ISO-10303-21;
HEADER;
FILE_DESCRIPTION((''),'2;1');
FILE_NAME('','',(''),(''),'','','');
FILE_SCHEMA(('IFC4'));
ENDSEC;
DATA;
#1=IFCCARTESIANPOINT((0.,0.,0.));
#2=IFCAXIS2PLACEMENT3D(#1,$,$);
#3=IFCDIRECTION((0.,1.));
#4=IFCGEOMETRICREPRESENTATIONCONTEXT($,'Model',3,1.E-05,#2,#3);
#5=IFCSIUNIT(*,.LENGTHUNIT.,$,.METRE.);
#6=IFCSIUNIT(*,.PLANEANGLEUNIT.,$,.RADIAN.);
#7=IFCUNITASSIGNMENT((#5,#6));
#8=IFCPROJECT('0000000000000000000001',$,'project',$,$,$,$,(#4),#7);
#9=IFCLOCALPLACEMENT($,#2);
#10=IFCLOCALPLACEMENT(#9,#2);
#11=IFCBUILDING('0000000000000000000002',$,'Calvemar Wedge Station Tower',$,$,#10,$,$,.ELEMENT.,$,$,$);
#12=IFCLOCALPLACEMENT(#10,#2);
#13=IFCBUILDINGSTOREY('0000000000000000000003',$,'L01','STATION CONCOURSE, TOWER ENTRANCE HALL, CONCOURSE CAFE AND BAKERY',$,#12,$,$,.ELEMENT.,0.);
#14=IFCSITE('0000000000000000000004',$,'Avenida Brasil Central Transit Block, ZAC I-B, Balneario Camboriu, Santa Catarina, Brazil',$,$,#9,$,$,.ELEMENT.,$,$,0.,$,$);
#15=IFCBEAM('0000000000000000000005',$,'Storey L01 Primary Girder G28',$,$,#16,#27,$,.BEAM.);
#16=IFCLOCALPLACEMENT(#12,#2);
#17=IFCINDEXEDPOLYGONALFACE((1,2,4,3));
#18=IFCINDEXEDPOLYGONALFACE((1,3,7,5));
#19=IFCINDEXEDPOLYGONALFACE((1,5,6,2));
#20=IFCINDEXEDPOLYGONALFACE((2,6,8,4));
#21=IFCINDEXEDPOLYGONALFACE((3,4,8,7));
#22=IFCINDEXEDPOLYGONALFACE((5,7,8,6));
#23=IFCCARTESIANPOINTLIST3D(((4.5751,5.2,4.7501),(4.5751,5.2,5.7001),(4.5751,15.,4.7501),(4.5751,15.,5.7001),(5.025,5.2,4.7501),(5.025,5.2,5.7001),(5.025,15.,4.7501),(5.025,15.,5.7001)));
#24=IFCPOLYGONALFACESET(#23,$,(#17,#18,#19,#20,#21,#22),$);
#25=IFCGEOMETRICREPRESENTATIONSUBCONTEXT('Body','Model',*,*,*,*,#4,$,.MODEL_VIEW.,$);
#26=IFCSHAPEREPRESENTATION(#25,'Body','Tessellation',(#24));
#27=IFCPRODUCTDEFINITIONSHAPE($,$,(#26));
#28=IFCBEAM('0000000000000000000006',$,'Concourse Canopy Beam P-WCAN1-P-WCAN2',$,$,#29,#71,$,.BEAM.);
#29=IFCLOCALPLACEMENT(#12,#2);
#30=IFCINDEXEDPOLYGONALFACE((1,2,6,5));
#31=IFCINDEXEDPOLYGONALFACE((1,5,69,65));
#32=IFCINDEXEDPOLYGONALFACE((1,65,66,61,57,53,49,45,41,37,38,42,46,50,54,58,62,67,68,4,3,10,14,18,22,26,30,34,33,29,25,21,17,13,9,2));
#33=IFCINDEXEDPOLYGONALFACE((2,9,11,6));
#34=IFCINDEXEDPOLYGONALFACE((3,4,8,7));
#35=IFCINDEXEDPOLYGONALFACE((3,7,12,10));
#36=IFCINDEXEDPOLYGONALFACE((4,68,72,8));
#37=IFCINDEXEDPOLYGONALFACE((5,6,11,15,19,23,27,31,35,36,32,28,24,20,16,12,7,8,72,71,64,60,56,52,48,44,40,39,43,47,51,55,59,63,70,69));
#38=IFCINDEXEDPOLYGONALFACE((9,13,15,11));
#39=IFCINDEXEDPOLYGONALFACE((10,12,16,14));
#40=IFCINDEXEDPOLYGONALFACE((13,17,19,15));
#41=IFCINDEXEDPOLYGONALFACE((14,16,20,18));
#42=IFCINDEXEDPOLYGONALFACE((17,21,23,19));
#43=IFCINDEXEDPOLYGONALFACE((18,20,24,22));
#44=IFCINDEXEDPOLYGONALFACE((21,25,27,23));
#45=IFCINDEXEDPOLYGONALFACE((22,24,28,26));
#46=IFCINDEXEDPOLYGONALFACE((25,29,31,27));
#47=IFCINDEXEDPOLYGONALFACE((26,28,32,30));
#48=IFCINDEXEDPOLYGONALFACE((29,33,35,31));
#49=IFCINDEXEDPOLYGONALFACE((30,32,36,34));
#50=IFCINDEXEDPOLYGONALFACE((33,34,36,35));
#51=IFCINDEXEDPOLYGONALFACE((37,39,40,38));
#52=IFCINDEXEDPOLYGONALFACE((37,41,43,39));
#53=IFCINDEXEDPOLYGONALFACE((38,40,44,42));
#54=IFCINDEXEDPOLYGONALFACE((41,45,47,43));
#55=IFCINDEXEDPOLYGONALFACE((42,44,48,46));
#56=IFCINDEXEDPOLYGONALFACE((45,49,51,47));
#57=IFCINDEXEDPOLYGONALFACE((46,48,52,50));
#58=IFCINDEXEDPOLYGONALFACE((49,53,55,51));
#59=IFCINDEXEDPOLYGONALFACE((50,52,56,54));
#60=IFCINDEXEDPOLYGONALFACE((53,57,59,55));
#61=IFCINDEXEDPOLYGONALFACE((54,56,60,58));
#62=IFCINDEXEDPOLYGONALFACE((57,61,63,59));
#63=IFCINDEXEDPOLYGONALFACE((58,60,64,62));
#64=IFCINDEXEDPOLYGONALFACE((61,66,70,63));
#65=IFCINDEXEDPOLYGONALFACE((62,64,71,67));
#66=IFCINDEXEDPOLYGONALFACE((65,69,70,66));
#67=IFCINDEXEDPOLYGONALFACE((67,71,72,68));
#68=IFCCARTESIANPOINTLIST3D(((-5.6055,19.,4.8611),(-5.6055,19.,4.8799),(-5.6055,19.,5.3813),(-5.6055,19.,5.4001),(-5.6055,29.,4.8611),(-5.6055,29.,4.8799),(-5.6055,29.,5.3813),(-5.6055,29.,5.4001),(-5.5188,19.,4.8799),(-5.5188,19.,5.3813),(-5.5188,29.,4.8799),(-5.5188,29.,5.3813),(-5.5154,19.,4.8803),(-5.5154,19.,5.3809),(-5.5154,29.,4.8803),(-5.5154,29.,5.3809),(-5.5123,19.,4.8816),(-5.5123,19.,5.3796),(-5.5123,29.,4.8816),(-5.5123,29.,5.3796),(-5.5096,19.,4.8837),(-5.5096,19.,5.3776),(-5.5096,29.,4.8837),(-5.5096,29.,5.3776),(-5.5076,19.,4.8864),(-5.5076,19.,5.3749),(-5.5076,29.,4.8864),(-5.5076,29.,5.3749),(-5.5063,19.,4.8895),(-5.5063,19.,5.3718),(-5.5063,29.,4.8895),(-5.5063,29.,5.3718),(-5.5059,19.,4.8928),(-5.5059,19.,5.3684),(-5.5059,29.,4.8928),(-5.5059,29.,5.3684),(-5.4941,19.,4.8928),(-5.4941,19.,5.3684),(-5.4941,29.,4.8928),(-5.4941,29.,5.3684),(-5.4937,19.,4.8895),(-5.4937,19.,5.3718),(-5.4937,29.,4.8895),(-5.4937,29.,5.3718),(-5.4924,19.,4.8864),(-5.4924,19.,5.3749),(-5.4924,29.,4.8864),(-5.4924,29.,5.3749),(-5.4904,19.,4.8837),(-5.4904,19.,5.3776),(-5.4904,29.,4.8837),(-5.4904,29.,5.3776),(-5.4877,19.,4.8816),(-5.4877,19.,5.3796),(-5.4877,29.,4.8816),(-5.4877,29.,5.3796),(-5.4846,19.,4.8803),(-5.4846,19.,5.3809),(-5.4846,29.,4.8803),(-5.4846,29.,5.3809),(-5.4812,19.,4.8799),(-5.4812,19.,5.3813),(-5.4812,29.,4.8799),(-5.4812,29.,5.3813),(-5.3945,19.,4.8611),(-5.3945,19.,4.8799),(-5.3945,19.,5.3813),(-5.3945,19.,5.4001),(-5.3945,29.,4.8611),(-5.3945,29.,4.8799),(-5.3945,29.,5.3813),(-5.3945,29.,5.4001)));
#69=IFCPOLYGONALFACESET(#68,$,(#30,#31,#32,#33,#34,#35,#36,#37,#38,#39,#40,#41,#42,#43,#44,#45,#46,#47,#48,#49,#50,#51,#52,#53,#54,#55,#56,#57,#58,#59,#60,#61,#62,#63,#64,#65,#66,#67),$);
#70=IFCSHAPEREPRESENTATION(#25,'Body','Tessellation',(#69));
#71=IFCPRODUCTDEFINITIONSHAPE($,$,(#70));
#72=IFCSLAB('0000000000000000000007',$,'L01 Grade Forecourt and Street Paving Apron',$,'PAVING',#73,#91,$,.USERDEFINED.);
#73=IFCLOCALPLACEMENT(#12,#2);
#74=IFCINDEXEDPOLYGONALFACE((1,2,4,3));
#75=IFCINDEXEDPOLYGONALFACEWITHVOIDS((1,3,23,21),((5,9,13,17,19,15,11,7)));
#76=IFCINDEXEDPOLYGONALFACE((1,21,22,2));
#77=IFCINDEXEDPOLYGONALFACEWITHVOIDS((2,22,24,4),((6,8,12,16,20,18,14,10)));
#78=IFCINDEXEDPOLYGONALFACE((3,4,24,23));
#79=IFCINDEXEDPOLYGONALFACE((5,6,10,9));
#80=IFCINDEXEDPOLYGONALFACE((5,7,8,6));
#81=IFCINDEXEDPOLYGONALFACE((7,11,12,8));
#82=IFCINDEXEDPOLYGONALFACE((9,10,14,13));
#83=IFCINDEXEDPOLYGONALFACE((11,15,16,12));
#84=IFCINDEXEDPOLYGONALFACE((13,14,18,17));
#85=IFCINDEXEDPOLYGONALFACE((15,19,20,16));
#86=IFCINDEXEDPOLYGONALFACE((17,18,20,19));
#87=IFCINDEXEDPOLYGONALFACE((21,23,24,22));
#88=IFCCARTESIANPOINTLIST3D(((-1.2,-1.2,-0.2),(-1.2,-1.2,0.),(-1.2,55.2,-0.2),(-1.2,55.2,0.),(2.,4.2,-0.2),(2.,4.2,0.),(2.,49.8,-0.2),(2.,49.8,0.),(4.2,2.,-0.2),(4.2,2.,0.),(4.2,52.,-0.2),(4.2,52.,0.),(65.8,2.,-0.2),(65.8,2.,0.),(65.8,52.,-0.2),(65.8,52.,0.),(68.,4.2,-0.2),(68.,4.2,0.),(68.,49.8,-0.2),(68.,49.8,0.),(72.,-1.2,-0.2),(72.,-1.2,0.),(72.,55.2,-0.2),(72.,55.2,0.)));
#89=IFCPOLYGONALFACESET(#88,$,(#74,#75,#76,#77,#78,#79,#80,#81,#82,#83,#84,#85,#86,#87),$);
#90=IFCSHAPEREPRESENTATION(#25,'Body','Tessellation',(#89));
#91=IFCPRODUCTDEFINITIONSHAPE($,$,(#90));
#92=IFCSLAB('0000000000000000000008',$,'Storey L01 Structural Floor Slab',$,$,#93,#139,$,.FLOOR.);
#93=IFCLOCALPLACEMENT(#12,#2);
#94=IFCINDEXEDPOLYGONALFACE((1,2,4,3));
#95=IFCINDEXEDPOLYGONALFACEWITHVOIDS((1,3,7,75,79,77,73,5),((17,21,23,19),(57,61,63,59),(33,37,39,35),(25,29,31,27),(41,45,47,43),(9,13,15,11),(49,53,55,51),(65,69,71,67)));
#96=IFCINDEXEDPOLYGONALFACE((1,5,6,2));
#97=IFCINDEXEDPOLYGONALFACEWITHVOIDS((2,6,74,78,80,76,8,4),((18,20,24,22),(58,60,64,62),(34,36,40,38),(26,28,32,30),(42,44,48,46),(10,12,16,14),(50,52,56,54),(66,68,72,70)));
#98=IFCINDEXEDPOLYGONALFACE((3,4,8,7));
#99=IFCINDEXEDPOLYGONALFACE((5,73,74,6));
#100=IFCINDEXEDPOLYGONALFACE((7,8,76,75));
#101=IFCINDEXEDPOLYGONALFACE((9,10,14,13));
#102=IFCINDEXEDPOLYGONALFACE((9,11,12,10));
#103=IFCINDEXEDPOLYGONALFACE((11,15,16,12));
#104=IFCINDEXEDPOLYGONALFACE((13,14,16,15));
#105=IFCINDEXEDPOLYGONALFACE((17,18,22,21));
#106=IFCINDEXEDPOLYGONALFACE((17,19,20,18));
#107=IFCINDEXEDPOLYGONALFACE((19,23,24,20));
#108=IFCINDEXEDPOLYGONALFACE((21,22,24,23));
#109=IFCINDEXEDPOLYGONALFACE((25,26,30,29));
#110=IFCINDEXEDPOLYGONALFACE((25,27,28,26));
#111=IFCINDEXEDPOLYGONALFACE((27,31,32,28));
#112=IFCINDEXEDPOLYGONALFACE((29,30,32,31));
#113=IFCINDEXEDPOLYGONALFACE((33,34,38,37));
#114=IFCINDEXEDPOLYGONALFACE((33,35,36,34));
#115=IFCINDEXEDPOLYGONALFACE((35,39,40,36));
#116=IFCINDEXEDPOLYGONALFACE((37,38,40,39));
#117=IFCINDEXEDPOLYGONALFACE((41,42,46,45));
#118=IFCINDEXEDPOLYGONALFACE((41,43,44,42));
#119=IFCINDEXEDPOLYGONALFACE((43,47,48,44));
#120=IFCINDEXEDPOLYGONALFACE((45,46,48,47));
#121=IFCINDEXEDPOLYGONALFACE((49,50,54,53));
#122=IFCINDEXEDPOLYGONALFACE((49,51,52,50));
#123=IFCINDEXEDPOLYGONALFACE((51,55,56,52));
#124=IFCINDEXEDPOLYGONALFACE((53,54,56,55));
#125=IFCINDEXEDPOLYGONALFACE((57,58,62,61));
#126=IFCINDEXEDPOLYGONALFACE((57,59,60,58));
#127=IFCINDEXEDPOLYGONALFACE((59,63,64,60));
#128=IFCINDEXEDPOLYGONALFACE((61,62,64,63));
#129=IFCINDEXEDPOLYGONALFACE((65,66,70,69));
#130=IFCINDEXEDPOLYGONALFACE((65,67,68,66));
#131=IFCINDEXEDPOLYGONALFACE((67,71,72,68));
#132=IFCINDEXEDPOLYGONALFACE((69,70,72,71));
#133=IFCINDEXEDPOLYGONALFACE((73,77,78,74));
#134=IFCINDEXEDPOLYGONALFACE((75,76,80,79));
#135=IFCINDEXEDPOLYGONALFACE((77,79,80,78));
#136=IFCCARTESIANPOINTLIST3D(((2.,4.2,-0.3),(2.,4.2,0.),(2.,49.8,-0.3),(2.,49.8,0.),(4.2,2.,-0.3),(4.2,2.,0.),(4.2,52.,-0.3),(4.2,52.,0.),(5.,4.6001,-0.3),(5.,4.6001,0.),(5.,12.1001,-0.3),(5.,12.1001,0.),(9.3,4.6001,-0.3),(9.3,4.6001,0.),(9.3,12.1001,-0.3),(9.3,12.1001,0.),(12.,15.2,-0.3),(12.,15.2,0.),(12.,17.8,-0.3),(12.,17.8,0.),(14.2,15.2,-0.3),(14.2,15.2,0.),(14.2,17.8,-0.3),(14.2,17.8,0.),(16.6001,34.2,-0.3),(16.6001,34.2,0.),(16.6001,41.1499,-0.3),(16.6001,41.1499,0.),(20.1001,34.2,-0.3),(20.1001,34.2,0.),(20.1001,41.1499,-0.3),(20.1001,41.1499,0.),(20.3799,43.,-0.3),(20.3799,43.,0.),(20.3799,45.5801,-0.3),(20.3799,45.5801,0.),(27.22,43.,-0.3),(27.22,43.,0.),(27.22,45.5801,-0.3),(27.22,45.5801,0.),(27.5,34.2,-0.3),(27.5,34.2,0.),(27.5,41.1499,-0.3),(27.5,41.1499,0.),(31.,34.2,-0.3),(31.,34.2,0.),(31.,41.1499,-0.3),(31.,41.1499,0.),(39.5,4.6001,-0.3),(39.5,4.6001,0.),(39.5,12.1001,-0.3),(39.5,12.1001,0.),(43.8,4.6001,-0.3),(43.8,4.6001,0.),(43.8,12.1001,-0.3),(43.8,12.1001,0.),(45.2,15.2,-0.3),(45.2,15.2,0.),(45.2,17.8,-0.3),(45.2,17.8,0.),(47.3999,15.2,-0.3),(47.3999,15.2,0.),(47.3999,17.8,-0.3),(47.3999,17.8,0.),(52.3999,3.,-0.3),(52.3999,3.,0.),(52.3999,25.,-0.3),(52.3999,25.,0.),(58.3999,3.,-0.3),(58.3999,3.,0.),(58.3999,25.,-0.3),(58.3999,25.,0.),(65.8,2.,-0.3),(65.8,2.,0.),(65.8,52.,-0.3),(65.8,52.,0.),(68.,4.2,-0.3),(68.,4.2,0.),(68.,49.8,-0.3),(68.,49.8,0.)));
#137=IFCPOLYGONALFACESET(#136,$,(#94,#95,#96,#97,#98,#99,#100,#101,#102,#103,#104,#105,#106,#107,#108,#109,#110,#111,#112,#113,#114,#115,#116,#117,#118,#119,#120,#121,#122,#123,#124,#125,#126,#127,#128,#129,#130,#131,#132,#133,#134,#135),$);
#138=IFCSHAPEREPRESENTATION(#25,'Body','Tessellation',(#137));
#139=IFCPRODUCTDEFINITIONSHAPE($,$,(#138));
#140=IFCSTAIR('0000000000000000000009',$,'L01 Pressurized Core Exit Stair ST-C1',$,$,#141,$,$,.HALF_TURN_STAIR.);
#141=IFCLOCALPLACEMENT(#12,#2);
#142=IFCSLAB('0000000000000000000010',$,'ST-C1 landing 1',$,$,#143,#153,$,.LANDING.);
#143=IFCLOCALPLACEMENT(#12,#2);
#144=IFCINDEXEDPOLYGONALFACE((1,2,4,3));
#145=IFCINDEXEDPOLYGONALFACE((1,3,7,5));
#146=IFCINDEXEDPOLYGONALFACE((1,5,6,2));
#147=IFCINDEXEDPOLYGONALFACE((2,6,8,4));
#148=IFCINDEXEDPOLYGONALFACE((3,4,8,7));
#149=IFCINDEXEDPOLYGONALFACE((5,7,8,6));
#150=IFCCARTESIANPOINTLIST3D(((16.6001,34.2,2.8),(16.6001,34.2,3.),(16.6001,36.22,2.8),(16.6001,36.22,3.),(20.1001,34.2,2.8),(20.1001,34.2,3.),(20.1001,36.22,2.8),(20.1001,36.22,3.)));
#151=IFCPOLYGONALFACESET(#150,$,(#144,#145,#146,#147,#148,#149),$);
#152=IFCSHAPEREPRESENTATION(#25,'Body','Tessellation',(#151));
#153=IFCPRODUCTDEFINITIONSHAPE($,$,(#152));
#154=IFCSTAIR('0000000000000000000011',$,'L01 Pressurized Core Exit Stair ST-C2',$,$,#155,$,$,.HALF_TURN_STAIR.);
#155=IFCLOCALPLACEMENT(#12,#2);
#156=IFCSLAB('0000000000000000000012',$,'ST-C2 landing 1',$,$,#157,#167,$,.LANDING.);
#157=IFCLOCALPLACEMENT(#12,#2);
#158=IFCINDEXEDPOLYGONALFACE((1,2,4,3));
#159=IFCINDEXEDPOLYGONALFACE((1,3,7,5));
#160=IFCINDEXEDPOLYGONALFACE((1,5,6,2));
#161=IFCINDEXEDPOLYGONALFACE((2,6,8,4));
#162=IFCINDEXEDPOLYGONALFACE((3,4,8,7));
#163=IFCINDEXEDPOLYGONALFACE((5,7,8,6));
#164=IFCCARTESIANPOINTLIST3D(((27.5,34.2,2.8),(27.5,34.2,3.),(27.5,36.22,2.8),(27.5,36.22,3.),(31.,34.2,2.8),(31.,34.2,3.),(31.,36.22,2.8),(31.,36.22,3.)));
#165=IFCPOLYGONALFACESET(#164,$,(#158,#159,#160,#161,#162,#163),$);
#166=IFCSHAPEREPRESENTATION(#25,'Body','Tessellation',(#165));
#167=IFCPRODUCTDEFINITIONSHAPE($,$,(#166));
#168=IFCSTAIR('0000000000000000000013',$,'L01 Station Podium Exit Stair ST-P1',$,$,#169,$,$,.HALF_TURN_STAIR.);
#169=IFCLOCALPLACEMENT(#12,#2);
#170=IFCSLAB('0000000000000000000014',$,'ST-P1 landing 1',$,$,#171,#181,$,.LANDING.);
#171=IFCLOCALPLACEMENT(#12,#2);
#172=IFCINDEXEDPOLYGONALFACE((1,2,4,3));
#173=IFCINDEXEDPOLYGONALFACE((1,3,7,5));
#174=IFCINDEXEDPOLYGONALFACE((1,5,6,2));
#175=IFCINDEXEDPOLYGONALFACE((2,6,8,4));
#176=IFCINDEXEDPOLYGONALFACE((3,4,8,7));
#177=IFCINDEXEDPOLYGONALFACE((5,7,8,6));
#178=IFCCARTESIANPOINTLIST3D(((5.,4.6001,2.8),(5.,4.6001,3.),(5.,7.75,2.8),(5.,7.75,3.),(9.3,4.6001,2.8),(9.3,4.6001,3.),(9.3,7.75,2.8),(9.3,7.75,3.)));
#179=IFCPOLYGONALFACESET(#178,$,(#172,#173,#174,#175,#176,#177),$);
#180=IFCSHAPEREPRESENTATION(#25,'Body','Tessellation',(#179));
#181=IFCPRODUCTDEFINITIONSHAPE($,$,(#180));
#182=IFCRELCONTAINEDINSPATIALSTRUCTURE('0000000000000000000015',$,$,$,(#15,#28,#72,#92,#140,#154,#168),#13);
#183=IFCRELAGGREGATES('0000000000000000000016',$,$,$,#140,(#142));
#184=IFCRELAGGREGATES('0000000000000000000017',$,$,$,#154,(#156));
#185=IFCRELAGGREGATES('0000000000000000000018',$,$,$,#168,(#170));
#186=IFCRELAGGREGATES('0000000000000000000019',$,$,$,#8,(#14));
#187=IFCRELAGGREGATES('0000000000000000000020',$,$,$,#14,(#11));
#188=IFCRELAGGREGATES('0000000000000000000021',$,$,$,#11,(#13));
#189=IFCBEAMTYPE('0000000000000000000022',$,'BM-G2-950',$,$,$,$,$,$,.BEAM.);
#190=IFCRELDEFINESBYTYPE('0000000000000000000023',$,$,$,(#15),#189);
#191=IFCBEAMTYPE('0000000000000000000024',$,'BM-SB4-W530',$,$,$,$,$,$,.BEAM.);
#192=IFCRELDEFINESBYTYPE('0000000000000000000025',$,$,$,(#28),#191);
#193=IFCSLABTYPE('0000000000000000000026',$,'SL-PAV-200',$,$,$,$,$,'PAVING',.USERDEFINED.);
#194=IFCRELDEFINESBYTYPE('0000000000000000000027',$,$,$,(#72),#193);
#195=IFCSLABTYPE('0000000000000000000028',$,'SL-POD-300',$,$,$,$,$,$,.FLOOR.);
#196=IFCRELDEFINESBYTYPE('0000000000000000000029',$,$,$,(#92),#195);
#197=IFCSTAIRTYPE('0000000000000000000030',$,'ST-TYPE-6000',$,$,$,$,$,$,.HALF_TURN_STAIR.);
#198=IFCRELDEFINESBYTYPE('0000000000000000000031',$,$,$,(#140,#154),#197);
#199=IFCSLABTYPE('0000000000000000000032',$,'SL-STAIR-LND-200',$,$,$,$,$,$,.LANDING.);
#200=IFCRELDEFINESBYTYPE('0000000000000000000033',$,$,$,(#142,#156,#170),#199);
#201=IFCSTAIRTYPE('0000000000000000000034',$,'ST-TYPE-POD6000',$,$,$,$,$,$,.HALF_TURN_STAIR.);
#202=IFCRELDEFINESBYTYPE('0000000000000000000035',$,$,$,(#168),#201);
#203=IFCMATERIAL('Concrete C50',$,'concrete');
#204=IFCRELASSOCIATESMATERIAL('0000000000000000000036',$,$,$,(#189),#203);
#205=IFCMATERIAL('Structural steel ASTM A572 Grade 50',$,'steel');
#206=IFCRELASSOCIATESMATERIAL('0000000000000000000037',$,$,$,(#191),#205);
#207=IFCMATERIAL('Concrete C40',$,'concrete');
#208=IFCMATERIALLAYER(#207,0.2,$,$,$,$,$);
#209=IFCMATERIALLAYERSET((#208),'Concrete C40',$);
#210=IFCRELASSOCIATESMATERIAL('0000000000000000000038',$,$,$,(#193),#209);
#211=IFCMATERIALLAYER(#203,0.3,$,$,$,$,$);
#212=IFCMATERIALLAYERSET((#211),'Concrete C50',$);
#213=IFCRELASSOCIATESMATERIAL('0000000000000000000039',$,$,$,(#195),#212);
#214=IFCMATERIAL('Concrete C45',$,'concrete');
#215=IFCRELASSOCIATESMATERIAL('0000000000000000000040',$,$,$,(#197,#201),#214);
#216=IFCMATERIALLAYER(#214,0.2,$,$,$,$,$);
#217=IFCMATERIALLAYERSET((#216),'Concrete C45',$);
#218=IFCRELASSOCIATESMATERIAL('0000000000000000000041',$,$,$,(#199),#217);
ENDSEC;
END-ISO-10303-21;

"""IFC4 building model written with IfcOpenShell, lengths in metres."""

from ifc_helpers import new_model, si_unit, direction, frame, origin, origin_2d, place, context, subcontext, project, spatial, polyline, rectangle, i_section, outline, extrude, source, transform, mapped, material, layer, layer_set, material_profile, profile_set, type_object, element, aggregate, save


model = new_model("IFC4")

# Units and contexts
model_context = context("Model", 3, precision=1e-05, world=origin(), true_north=direction((0.0, 1.0)))
body_context = subcontext(model_context, "Body", "Model", "MODEL_VIEW")
ifc_project = project(units=[si_unit("LENGTHUNIT", "METRE"), si_unit("PLANEANGLEUNIT", "RADIAN")], contexts=[model_context])

# Site, building, storey
site_placement = place(None, origin())
site = spatial("IfcSite", under=ifc_project, at=site_placement, Name="Avenida Brasil Central Transit Block, ZAC I-B, Balneario Camboriu, Santa Catarina, Brazil", CompositionType="ELEMENT", RefElevation=0.0)
building_placement = place(site_placement, origin())
building = spatial("IfcBuilding", under=site, at=building_placement, Name="Calvemar Wedge Station Tower", CompositionType="ELEMENT")
storey_placement = place(building_placement, origin())
storey = spatial("IfcBuildingStorey", under=building, at=storey_placement, Name="L01", Description="STATION CONCOURSE, TOWER ENTRANCE HALL, CONCOURSE CAFE AND BAKERY", CompositionType="ELEMENT", Elevation=0.0)

# Shared definitions
ifc_material_1 = material(Name="Concrete C45", Category="concrete")

# Beams
ifc_material_2 = material(Name="Concrete C50", Category="concrete")
ifc_material_profile_1 = material_profile(ifc_material_2, rectangle(XDim=0.45, YDim=0.95, at=origin_2d()), Name="RC450x950")
ifc_profile_set_1 = profile_set([ifc_material_profile_1], Name="Concrete C50")
beam_type_1 = type_object("IfcBeamType", Name="BM-G2-950", PredefinedType="BEAM", material=ifc_profile_set_1)
shared_shape_1 = source(origin(), body_context, "Body", "SweptSolid", [
    extrude(rectangle(XDim=0.45, YDim=0.95, at=origin_2d()), origin(), (0.0, 0.0, 1.0), 9.8),
])
beam_1_placement = place(storey_placement, frame((4.8, 5.2, 5.2251), z_axis=(0.0, 1.0, 0.0), x_axis=(-1.0, 0.0, 0.0)))
element("IfcBeam", 1, at=beam_1_placement, inside=storey, type_object=beam_type_1, Name="Storey L01 Primary Girder G28", PredefinedType="BEAM", context=body_context, shape_type="MappedRepresentation", body=[
    mapped(shared_shape_1, transform((0.0, 0.0, 0.0), scale=1.0)),
])
ifc_material_3 = material(Name="Structural steel ASTM A572 Grade 50", Category="steel")
ifc_material_profile_2 = material_profile(ifc_material_3, i_section(OverallWidth=0.2109, OverallDepth=0.5391, WebThickness=0.0117, FlangeThickness=0.0188, FilletRadius=0.0129, at=origin_2d()), Name="W530x109")
ifc_profile_set_2 = profile_set([ifc_material_profile_2], Name="Structural steel ASTM A572 Grade 50")
beam_type_2 = type_object("IfcBeamType", Name="BM-SB4-W530", PredefinedType="BEAM", material=ifc_profile_set_2)
shared_shape_2 = source(origin(), body_context, "Body", "SweptSolid", [
    extrude(i_section(OverallWidth=0.2109, OverallDepth=0.5391, WebThickness=0.0117, FlangeThickness=0.0188, FilletRadius=0.0129, at=origin_2d()), origin(), (0.0, 0.0, 1.0), 10.0),
])
beam_2_placement = place(storey_placement, frame((-5.5, 19.0, 5.1306), z_axis=(0.0, 1.0, 0.0), x_axis=(-1.0, 0.0, 0.0)))
element("IfcBeam", 2, at=beam_2_placement, inside=storey, type_object=beam_type_2, Name="Concourse Canopy Beam P-WCAN1-P-WCAN2", PredefinedType="BEAM", context=body_context, shape_type="MappedRepresentation", body=[
    mapped(shared_shape_2, transform((0.0, 0.0, 0.0), scale=1.0)),
])

# Slabs
ifc_material_4 = material(Name="Concrete C40", Category="concrete")
ifc_layer_1 = layer(ifc_material_4, 0.2)
ifc_layer_set_1 = layer_set([ifc_layer_1], Name="Concrete C40")
slab_type_1 = type_object("IfcSlabType", Name="SL-PAV-200", ElementType="PAVING", PredefinedType="USERDEFINED", material=ifc_layer_set_1)
slab_1_placement = place(storey_placement, frame((0.0, 0.0, -0.2)))
element("IfcSlab", 3, at=slab_1_placement, inside=storey, type_object=slab_type_1, Name="L01 Grade Forecourt and Street Paving Apron", ObjectType="PAVING", PredefinedType="USERDEFINED", context=body_context, shape_type="SweptSolid", body=[
    extrude(outline(polyline([(-1.2, -1.2), (72.0, -1.2), (72.0, 55.2), (-1.2, 55.2), (-1.2, -1.2)]), holes=[polyline([(4.2, 2.0), (65.8, 2.0), (68.0, 4.2), (68.0, 49.8), (65.8, 52.0), (4.2, 52.0), (2.0, 49.8), (2.0, 4.2), (4.2, 2.0)])]), origin(), (0.0, 0.0, 1.0), 0.2),
])
ifc_layer_2 = layer(ifc_material_2, 0.3)
ifc_layer_set_2 = layer_set([ifc_layer_2], Name="Concrete C50")
slab_type_2 = type_object("IfcSlabType", Name="SL-POD-300", PredefinedType="FLOOR", material=ifc_layer_set_2)
slab_2_placement = place(storey_placement, frame((0.0, 0.0, -0.3)))
element("IfcSlab", 4, at=slab_2_placement, inside=storey, type_object=slab_type_2, Name="Storey L01 Structural Floor Slab", PredefinedType="FLOOR", context=body_context, shape_type="SweptSolid", body=[
    extrude(outline(polyline([(4.2, 2.0), (65.8, 2.0), (68.0, 4.2), (68.0, 49.8), (65.8, 52.0), (4.2, 52.0), (2.0, 49.8), (2.0, 4.2), (4.2, 2.0)]), holes=[polyline([(5.0, 4.6001), (9.3, 4.6001), (9.3, 12.1001), (5.0, 12.1001), (5.0, 4.6001)]), polyline([(39.5, 4.6001), (43.8, 4.6001), (43.8, 12.1001), (39.5, 12.1001), (39.5, 4.6001)]), polyline([(58.3999, 25.0), (52.3999, 25.0), (52.3999, 3.0), (58.3999, 3.0), (58.3999, 25.0)]), polyline([(14.2, 15.2), (14.2, 17.8), (12.0, 17.8), (12.0, 15.2), (14.2, 15.2)]), polyline([(47.3999, 15.2), (47.3999, 17.8), (45.2, 17.8), (45.2, 15.2), (47.3999, 15.2)]), polyline([(16.6001, 34.2), (20.1001, 34.2), (20.1001, 41.1499), (16.6001, 41.1499), (16.6001, 34.2)]), polyline([(27.5, 34.2), (31.0, 34.2), (31.0, 41.1499), (27.5, 41.1499), (27.5, 34.2)]), polyline([(27.22, 43.0), (27.22, 45.5801), (20.3799, 45.5801), (20.3799, 43.0), (27.22, 43.0)])]), origin(), (0.0, 0.0, 1.0), 0.3),
])

# Stairs, slabs
stair_type_1 = type_object("IfcStairType", Name="ST-TYPE-6000", PredefinedType="HALF_TURN_STAIR", material=ifc_material_1)
stair_1_placement = place(storey_placement, origin())
stair_1 = element("IfcStair", 5, at=stair_1_placement, inside=storey, type_object=stair_type_1, Name="L01 Pressurized Core Exit Stair ST-C1", PredefinedType="HALF_TURN_STAIR")
ifc_layer_3 = layer(ifc_material_1, 0.2)
ifc_layer_set_3 = layer_set([ifc_layer_3], Name="Concrete C45")
slab_type_3 = type_object("IfcSlabType", Name="SL-STAIR-LND-200", PredefinedType="LANDING", material=ifc_layer_set_3)
slab_3_placement = place(storey_placement, frame((0.0, 0.0, 2.8)))
slab_3 = element("IfcSlab", 6, at=slab_3_placement, type_object=slab_type_3, Name="ST-C1 landing 1", PredefinedType="LANDING", context=body_context, shape_type="SweptSolid", body=[
    extrude(outline(polyline([(16.6001, 36.22), (16.6001, 34.2), (20.1001, 34.2), (20.1001, 36.22), (16.6001, 36.22)])), origin(), (0.0, 0.0, 1.0), 0.2),
])
aggregate(stair_1, [slab_3])
stair_2_placement = place(storey_placement, origin())
stair_2 = element("IfcStair", 7, at=stair_2_placement, inside=storey, type_object=stair_type_1, Name="L01 Pressurized Core Exit Stair ST-C2", PredefinedType="HALF_TURN_STAIR")
slab_4_placement = place(storey_placement, frame((0.0, 0.0, 2.8)))
slab_4 = element("IfcSlab", 8, at=slab_4_placement, type_object=slab_type_3, Name="ST-C2 landing 1", PredefinedType="LANDING", context=body_context, shape_type="SweptSolid", body=[
    extrude(outline(polyline([(27.5, 36.22), (27.5, 34.2), (31.0, 34.2), (31.0, 36.22), (27.5, 36.22)])), origin(), (0.0, 0.0, 1.0), 0.2),
])
aggregate(stair_2, [slab_4])
stair_type_2 = type_object("IfcStairType", Name="ST-TYPE-POD6000", PredefinedType="HALF_TURN_STAIR", material=ifc_material_1)
stair_3_placement = place(storey_placement, origin())
stair_3 = element("IfcStair", 9, at=stair_3_placement, inside=storey, type_object=stair_type_2, Name="L01 Station Podium Exit Stair ST-P1", PredefinedType="HALF_TURN_STAIR")
slab_5_placement = place(storey_placement, frame((0.0, 0.0, 2.8)))
slab_5 = element("IfcSlab", 10, at=slab_5_placement, type_object=slab_type_3, Name="ST-P1 landing 1", PredefinedType="LANDING", context=body_context, shape_type="SweptSolid", body=[
    extrude(outline(polyline([(5.0, 7.75), (5.0, 4.6001), (9.3, 4.6001), (9.3, 7.75), (5.0, 7.75)])), origin(), (0.0, 0.0, 1.0), 0.2),
])

aggregate(stair_3, [slab_5])

save(model, "model.ifc")
